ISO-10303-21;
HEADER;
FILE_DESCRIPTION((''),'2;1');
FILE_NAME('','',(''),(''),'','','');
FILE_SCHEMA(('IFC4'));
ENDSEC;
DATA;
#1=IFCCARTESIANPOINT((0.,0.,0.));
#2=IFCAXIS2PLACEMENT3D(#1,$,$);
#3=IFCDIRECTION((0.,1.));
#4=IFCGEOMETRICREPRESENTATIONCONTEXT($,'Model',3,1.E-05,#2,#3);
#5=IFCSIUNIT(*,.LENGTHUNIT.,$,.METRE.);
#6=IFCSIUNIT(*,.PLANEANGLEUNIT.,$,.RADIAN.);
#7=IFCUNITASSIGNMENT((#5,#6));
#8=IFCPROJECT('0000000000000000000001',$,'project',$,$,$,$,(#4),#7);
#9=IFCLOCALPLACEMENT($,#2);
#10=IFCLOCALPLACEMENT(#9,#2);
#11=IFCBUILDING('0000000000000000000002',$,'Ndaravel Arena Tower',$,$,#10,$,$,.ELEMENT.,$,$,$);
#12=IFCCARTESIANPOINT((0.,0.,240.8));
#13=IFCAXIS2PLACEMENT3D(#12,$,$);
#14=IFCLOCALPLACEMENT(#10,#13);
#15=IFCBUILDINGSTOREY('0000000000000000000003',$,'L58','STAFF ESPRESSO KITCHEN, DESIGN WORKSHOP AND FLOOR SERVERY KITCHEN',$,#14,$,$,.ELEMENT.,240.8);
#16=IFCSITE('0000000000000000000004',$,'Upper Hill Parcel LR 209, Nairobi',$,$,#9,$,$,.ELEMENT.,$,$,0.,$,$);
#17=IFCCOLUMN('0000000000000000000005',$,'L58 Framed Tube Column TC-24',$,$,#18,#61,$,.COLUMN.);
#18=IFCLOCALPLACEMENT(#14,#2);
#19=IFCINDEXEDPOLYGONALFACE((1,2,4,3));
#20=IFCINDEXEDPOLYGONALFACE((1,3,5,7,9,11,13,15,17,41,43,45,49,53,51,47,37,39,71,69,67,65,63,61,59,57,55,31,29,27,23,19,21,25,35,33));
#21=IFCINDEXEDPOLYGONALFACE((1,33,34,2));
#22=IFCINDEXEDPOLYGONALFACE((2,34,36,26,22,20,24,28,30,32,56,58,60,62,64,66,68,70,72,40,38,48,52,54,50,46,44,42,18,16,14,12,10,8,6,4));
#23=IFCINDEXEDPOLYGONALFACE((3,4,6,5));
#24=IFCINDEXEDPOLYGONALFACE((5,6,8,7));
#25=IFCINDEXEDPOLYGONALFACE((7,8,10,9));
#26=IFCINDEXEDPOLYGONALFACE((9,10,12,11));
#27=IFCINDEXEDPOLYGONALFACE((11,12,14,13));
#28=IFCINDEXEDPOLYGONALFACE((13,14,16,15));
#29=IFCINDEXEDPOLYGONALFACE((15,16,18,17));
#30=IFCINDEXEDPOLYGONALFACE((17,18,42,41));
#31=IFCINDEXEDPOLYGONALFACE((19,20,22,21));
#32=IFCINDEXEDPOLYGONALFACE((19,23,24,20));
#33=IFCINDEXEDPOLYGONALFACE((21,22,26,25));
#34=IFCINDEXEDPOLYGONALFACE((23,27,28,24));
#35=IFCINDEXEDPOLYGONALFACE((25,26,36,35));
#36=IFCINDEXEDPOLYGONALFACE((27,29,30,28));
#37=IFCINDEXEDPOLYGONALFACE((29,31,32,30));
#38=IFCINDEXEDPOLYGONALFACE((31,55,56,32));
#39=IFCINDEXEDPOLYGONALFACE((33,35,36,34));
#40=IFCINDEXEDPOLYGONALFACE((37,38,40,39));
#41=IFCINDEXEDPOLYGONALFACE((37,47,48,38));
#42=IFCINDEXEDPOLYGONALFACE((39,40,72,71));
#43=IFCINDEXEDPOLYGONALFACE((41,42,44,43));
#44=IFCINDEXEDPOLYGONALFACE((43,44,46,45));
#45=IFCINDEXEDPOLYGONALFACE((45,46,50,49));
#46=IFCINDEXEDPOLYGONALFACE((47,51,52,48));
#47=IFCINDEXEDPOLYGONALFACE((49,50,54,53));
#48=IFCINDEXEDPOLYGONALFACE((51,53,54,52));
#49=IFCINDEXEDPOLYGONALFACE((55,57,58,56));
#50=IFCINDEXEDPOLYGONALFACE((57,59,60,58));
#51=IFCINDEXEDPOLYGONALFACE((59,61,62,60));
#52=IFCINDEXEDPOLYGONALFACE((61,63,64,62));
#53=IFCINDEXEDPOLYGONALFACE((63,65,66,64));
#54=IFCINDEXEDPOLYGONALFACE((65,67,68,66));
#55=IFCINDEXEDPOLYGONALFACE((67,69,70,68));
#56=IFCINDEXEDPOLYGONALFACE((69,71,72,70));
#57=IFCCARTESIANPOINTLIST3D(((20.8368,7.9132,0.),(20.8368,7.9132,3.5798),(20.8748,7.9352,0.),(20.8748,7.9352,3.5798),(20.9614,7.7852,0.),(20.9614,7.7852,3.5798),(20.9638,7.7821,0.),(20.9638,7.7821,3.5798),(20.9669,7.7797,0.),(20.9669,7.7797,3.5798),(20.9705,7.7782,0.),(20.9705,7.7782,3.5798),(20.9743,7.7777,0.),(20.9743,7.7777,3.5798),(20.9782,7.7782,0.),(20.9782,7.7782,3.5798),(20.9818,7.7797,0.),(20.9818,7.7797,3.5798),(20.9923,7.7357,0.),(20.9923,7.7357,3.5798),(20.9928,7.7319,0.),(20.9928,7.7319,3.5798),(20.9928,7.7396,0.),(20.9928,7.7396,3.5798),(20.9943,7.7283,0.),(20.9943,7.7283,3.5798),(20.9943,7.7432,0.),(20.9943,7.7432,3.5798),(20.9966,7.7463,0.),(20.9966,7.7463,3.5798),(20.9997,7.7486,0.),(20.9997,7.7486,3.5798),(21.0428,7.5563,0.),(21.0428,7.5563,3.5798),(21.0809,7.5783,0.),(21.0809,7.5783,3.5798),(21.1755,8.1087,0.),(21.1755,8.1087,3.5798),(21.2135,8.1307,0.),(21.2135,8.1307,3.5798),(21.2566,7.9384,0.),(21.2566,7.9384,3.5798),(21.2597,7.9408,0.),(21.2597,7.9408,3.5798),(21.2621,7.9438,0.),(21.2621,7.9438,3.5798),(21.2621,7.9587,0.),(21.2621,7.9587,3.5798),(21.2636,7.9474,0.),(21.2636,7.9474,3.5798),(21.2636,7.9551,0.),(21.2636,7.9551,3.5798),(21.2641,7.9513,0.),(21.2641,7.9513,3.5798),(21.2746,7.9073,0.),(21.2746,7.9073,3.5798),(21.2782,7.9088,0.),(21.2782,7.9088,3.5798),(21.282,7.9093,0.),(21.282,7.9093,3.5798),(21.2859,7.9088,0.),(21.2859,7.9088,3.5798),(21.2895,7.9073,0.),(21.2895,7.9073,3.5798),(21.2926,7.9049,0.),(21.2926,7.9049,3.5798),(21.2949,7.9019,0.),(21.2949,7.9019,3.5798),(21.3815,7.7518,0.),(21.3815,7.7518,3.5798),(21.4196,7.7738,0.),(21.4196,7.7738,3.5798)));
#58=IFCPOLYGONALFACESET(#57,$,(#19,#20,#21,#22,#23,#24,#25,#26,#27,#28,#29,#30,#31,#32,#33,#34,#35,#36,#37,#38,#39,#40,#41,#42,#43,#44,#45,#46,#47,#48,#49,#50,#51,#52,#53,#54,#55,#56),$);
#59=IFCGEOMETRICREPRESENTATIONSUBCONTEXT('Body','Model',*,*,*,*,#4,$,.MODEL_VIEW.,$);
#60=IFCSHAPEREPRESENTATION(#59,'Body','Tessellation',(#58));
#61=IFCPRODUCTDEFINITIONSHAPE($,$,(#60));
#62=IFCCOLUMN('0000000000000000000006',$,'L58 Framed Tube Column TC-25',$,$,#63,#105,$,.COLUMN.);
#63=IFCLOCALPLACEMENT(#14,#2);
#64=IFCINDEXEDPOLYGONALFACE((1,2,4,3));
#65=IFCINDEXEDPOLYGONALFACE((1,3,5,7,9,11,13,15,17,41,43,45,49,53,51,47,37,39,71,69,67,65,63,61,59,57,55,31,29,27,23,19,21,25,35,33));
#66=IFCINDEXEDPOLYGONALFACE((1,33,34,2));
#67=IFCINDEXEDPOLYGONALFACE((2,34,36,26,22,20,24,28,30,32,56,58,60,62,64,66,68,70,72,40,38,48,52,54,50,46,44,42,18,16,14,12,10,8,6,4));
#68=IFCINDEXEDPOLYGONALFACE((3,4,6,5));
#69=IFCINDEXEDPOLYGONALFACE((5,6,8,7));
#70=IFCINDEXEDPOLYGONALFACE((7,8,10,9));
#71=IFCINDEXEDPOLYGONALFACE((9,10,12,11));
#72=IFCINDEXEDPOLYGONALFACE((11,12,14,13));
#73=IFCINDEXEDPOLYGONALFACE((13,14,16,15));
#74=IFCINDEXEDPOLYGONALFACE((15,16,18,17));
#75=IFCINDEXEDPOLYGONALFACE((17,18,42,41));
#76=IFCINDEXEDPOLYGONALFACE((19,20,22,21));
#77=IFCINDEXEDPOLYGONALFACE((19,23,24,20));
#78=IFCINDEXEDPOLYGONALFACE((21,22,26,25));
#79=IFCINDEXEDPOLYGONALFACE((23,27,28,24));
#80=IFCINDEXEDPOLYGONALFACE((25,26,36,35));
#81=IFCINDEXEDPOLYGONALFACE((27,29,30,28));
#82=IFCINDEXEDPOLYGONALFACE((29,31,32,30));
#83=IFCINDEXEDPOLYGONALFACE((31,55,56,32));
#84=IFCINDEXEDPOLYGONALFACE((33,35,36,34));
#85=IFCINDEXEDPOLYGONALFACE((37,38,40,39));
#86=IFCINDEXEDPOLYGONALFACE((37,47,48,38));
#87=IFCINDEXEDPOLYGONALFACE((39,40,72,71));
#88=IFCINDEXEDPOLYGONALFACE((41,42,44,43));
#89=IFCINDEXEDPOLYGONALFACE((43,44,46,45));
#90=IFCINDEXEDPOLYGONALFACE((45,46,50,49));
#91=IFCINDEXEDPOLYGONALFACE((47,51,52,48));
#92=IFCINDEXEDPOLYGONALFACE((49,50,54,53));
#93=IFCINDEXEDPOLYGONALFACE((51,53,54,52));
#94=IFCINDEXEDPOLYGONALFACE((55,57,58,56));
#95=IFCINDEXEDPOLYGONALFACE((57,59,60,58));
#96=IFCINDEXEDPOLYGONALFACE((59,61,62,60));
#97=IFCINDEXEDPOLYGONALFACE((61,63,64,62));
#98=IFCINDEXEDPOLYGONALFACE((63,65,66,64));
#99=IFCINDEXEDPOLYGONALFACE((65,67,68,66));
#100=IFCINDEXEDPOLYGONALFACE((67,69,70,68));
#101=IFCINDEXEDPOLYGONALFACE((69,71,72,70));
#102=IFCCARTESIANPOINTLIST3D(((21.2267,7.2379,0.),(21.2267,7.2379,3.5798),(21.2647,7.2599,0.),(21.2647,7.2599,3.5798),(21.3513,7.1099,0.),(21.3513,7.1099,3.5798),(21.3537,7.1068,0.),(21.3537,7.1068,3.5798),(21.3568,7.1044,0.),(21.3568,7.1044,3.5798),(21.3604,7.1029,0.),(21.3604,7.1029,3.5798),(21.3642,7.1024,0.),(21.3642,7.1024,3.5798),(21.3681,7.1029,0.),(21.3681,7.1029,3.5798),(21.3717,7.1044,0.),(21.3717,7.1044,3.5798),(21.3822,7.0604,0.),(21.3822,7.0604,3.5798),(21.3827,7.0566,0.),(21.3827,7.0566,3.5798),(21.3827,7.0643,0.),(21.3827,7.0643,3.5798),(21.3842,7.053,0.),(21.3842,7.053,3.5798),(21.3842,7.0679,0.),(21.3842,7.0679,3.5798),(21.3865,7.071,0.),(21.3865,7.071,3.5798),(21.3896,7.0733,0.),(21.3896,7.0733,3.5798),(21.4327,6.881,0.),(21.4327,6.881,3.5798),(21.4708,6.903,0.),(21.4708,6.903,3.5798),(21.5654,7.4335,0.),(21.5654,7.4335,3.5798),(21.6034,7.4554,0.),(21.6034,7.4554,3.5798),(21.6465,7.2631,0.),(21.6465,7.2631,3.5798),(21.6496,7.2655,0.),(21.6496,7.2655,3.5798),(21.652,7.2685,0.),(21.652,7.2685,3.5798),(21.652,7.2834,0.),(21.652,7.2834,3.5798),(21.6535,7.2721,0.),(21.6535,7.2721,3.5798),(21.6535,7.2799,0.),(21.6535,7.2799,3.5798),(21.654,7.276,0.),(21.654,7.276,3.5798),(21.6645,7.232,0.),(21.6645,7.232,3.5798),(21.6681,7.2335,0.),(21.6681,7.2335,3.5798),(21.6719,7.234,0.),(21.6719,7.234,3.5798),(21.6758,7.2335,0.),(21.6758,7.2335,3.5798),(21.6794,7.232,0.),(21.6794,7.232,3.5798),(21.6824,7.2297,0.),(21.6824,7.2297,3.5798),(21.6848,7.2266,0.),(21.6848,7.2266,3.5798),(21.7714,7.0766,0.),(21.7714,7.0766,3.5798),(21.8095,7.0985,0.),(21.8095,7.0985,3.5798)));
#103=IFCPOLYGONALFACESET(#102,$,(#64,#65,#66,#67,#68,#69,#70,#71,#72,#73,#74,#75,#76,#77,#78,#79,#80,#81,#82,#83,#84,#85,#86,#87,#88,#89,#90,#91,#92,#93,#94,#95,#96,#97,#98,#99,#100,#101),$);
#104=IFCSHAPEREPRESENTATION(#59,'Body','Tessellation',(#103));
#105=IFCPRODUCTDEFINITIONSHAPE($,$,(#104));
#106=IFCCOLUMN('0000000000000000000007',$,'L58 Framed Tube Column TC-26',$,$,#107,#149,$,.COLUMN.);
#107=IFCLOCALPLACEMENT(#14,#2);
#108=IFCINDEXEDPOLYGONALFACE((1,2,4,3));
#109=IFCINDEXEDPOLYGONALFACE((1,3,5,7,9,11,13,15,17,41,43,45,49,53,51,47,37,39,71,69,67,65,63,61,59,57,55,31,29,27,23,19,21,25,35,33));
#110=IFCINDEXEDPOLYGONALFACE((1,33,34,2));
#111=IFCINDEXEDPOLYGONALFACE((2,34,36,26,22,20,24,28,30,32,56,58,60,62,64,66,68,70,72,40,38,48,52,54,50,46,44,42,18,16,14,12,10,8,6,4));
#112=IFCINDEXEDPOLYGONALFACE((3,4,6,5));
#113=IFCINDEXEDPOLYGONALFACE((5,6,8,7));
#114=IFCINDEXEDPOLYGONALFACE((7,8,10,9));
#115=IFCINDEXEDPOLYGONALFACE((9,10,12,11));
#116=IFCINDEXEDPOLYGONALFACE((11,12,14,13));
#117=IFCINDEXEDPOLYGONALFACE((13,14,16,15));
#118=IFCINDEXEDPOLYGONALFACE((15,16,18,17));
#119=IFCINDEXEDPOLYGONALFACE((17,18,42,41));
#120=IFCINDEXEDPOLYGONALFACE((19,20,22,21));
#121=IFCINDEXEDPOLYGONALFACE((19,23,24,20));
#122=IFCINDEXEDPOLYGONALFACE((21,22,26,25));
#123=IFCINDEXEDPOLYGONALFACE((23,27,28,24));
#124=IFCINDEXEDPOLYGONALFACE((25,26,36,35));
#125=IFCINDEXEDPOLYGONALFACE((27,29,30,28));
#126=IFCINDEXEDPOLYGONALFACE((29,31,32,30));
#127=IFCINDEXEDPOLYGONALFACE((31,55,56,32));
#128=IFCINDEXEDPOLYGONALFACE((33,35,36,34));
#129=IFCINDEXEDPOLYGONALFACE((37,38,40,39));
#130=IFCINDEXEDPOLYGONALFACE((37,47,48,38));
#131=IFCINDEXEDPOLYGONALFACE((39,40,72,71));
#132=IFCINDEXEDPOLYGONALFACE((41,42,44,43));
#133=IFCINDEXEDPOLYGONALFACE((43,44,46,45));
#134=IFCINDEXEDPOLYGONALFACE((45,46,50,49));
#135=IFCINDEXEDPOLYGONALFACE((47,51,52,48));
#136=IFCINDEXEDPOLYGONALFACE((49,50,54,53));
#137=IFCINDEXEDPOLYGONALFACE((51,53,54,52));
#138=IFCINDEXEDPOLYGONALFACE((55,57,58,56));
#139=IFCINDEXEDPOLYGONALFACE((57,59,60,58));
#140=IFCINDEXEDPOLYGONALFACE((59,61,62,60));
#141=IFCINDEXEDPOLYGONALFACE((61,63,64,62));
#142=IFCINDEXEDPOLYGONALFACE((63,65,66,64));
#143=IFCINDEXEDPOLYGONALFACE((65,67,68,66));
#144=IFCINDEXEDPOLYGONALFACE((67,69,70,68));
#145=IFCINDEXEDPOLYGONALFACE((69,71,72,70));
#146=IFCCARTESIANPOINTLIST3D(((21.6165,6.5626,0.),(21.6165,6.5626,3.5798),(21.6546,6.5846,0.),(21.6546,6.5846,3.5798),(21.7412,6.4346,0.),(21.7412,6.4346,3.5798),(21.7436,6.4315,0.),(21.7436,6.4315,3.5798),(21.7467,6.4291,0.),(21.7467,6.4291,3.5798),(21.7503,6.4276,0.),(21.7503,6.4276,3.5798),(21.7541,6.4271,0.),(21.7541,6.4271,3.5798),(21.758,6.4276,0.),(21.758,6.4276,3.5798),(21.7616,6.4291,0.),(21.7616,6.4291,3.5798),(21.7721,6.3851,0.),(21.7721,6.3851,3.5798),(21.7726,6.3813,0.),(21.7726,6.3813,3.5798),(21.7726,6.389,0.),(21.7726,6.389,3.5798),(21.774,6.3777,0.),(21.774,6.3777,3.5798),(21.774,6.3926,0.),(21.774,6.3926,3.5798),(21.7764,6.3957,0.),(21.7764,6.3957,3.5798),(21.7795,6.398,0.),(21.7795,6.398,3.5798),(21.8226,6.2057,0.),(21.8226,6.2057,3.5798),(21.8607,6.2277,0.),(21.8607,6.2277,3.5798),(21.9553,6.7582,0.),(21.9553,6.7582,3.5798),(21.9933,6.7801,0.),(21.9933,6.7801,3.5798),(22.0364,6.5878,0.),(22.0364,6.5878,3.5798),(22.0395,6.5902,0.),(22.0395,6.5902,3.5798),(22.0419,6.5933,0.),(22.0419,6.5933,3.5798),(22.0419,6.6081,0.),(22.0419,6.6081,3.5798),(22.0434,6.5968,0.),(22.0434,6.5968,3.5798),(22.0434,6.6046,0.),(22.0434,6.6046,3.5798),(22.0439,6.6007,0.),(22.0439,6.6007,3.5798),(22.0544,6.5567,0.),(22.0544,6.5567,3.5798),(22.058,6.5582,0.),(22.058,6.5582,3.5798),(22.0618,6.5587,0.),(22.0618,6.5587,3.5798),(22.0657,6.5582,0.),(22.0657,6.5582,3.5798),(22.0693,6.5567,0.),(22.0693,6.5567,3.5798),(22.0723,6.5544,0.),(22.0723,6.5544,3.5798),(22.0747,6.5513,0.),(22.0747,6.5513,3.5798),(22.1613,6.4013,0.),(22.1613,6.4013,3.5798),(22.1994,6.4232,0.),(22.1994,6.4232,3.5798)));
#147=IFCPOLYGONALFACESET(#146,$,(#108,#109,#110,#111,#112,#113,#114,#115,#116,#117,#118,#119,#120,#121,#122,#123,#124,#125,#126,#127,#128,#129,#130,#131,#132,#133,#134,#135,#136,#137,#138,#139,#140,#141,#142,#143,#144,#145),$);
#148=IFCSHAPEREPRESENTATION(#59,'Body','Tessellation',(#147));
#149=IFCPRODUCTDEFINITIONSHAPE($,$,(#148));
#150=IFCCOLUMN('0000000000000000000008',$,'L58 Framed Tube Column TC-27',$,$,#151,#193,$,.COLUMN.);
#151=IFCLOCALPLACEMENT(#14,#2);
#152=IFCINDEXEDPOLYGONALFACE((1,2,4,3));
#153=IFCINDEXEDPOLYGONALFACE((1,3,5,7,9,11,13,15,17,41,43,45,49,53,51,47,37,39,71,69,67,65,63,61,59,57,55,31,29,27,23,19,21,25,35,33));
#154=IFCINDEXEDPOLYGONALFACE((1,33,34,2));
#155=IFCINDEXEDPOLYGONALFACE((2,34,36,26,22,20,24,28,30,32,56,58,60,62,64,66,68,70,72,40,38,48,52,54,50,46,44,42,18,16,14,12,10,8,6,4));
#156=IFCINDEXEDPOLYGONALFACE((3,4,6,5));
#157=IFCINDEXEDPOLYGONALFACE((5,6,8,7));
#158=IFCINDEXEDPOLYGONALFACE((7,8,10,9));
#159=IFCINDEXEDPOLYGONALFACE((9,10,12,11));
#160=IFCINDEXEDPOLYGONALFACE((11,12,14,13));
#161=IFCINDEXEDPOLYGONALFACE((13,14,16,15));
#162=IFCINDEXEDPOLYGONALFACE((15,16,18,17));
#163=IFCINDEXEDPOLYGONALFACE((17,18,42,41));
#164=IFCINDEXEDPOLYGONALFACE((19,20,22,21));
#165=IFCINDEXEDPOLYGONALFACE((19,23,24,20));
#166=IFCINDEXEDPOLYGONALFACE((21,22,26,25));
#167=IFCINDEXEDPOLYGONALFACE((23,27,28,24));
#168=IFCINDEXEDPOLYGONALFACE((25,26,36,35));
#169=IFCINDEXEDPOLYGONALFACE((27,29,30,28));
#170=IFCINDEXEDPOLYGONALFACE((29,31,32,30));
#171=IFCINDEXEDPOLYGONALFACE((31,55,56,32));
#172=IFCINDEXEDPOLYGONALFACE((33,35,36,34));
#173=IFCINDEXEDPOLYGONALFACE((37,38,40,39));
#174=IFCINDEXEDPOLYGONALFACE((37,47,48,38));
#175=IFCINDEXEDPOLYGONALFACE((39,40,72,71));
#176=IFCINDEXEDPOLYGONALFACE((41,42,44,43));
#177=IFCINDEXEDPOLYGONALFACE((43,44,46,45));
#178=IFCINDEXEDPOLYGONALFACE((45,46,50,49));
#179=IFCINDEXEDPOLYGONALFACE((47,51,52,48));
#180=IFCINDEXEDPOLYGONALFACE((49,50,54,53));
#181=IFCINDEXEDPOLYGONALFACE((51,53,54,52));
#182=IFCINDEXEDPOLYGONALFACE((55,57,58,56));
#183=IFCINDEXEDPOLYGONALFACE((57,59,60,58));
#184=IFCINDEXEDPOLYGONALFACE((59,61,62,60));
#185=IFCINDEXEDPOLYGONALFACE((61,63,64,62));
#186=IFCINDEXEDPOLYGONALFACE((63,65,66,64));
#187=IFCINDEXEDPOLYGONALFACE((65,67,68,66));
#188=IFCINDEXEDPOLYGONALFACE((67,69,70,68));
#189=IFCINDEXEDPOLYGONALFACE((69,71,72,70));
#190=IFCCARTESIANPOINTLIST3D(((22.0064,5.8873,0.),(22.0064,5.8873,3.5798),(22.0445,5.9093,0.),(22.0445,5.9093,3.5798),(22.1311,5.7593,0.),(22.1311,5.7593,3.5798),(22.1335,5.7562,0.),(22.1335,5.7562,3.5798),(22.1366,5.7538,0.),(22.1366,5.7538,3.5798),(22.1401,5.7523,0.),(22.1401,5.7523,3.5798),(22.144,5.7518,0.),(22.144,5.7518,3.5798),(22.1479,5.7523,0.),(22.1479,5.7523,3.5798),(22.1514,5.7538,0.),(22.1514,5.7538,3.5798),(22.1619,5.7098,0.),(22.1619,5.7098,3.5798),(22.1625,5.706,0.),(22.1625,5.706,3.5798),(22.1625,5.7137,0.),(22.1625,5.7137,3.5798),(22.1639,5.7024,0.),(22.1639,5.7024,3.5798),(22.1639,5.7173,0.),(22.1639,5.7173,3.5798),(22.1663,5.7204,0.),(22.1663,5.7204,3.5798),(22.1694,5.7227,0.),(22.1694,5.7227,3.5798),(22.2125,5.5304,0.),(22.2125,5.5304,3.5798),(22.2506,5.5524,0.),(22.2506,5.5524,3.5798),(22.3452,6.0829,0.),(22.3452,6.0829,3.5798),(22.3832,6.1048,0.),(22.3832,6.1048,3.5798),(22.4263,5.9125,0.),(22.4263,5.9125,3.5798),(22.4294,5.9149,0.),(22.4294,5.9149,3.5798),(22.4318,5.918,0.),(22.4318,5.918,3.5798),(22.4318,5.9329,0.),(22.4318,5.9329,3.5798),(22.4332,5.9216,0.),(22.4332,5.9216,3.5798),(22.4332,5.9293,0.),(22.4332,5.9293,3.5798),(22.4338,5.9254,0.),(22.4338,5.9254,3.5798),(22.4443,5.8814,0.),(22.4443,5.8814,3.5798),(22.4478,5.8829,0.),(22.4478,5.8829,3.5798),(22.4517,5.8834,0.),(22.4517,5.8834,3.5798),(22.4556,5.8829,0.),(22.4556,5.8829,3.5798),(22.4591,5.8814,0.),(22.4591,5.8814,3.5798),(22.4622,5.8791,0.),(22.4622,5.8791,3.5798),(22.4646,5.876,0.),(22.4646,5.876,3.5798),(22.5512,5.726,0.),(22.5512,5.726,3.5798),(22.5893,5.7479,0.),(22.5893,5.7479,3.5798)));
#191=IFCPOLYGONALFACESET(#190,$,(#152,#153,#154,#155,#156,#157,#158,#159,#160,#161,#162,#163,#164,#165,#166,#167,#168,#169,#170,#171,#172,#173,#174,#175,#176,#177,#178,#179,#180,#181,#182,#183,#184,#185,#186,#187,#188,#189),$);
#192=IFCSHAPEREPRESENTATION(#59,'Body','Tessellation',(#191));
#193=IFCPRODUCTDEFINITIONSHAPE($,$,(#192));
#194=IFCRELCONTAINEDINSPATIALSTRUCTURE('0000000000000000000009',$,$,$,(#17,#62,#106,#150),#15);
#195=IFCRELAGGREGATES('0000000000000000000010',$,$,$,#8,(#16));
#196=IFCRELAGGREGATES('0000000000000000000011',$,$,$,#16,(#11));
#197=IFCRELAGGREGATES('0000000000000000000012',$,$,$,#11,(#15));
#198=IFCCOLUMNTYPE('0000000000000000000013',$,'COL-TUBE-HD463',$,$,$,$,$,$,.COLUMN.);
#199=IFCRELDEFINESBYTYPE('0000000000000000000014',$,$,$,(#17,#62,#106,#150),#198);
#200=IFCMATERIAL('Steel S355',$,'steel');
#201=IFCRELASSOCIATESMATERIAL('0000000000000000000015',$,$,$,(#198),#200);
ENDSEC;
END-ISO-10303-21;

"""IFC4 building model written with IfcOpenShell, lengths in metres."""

from ifc_helpers import new_model, si_unit, direction, frame, origin, origin_2d, place, context, subcontext, project, spatial, i_section, extrude, material, material_profile, profile_set, type_object, element, save


model = new_model("IFC4")

# Units and contexts
model_context = context("Model", 3, precision=1e-05, world=origin(), true_north=direction((0.0, 1.0)))
body_context = subcontext(model_context, "Body", "Model", "MODEL_VIEW")
ifc_project = project(units=[si_unit("LENGTHUNIT", "METRE"), si_unit("PLANEANGLEUNIT", "RADIAN")], contexts=[model_context])

# Site, building, storey
site_placement = place(None, origin())
site = spatial("IfcSite", under=ifc_project, at=site_placement, Name="Upper Hill Parcel LR 209, Nairobi", CompositionType="ELEMENT", RefElevation=0.0)
building_placement = place(site_placement, origin())
building = spatial("IfcBuilding", under=site, at=building_placement, Name="Ndaravel Arena Tower", CompositionType="ELEMENT")
storey_placement = place(building_placement, frame((0.0, 0.0, 240.8)))
storey = spatial("IfcBuildingStorey", under=building, at=storey_placement, Name="L58", Description="STAFF ESPRESSO KITCHEN, DESIGN WORKSHOP AND FLOOR SERVERY KITCHEN", CompositionType="ELEMENT", Elevation=240.8)

# Columns
ifc_material_1 = material(Name="Steel S355", Category="steel")
ifc_material_profile_1 = material_profile(ifc_material_1, i_section(OverallWidth=0.4121, OverallDepth=0.4351, WebThickness=0.0359, FlangeThickness=0.0439, FilletRadius=0.0149, at=origin_2d()), Name="HD 400x463")
ifc_profile_set_1 = profile_set([ifc_material_profile_1], Name="Steel S355")
column_type = type_object("IfcColumnType", Name="COL-TUBE-HD463", PredefinedType="COLUMN", material=ifc_profile_set_1)
for number, where, z_axis, x_axis, name in (
    (1, (21.1282, 7.8435, 0.0), (0.0, 0.0, 1.0), (-0.5, 0.866025, 0.0), "L58 Framed Tube Column TC-24"),
    (2, (21.5181, 7.1682, 0.0), (0.0, 0.0, 1.0), (-0.5, 0.866025, 0.0), "L58 Framed Tube Column TC-25"),
    (3, (21.908, 6.4929, 0.0), (0.0, 0.0, 1.0), (-0.5, 0.866025, 0.0), "L58 Framed Tube Column TC-26"),
    (4, (22.2979, 5.8176, 0.0), (0.0, 0.0, 1.0), (-0.5, 0.866025, 0.0), "L58 Framed Tube Column TC-27"),
):
    element("IfcColumn", number, at=place(storey_placement, frame(where, z_axis=z_axis, x_axis=x_axis)), inside=storey, type_object=column_type, Name=name, PredefinedType="COLUMN", context=body_context, shape_type="SweptSolid", body=[
        extrude(i_section(OverallWidth=0.4121, OverallDepth=0.4351, WebThickness=0.0359, FlangeThickness=0.0439, FilletRadius=0.0149, at=origin_2d()), origin(), (0.0, 0.0, 1.0), 3.5798),
    ])

save(model, "model.ifc")
